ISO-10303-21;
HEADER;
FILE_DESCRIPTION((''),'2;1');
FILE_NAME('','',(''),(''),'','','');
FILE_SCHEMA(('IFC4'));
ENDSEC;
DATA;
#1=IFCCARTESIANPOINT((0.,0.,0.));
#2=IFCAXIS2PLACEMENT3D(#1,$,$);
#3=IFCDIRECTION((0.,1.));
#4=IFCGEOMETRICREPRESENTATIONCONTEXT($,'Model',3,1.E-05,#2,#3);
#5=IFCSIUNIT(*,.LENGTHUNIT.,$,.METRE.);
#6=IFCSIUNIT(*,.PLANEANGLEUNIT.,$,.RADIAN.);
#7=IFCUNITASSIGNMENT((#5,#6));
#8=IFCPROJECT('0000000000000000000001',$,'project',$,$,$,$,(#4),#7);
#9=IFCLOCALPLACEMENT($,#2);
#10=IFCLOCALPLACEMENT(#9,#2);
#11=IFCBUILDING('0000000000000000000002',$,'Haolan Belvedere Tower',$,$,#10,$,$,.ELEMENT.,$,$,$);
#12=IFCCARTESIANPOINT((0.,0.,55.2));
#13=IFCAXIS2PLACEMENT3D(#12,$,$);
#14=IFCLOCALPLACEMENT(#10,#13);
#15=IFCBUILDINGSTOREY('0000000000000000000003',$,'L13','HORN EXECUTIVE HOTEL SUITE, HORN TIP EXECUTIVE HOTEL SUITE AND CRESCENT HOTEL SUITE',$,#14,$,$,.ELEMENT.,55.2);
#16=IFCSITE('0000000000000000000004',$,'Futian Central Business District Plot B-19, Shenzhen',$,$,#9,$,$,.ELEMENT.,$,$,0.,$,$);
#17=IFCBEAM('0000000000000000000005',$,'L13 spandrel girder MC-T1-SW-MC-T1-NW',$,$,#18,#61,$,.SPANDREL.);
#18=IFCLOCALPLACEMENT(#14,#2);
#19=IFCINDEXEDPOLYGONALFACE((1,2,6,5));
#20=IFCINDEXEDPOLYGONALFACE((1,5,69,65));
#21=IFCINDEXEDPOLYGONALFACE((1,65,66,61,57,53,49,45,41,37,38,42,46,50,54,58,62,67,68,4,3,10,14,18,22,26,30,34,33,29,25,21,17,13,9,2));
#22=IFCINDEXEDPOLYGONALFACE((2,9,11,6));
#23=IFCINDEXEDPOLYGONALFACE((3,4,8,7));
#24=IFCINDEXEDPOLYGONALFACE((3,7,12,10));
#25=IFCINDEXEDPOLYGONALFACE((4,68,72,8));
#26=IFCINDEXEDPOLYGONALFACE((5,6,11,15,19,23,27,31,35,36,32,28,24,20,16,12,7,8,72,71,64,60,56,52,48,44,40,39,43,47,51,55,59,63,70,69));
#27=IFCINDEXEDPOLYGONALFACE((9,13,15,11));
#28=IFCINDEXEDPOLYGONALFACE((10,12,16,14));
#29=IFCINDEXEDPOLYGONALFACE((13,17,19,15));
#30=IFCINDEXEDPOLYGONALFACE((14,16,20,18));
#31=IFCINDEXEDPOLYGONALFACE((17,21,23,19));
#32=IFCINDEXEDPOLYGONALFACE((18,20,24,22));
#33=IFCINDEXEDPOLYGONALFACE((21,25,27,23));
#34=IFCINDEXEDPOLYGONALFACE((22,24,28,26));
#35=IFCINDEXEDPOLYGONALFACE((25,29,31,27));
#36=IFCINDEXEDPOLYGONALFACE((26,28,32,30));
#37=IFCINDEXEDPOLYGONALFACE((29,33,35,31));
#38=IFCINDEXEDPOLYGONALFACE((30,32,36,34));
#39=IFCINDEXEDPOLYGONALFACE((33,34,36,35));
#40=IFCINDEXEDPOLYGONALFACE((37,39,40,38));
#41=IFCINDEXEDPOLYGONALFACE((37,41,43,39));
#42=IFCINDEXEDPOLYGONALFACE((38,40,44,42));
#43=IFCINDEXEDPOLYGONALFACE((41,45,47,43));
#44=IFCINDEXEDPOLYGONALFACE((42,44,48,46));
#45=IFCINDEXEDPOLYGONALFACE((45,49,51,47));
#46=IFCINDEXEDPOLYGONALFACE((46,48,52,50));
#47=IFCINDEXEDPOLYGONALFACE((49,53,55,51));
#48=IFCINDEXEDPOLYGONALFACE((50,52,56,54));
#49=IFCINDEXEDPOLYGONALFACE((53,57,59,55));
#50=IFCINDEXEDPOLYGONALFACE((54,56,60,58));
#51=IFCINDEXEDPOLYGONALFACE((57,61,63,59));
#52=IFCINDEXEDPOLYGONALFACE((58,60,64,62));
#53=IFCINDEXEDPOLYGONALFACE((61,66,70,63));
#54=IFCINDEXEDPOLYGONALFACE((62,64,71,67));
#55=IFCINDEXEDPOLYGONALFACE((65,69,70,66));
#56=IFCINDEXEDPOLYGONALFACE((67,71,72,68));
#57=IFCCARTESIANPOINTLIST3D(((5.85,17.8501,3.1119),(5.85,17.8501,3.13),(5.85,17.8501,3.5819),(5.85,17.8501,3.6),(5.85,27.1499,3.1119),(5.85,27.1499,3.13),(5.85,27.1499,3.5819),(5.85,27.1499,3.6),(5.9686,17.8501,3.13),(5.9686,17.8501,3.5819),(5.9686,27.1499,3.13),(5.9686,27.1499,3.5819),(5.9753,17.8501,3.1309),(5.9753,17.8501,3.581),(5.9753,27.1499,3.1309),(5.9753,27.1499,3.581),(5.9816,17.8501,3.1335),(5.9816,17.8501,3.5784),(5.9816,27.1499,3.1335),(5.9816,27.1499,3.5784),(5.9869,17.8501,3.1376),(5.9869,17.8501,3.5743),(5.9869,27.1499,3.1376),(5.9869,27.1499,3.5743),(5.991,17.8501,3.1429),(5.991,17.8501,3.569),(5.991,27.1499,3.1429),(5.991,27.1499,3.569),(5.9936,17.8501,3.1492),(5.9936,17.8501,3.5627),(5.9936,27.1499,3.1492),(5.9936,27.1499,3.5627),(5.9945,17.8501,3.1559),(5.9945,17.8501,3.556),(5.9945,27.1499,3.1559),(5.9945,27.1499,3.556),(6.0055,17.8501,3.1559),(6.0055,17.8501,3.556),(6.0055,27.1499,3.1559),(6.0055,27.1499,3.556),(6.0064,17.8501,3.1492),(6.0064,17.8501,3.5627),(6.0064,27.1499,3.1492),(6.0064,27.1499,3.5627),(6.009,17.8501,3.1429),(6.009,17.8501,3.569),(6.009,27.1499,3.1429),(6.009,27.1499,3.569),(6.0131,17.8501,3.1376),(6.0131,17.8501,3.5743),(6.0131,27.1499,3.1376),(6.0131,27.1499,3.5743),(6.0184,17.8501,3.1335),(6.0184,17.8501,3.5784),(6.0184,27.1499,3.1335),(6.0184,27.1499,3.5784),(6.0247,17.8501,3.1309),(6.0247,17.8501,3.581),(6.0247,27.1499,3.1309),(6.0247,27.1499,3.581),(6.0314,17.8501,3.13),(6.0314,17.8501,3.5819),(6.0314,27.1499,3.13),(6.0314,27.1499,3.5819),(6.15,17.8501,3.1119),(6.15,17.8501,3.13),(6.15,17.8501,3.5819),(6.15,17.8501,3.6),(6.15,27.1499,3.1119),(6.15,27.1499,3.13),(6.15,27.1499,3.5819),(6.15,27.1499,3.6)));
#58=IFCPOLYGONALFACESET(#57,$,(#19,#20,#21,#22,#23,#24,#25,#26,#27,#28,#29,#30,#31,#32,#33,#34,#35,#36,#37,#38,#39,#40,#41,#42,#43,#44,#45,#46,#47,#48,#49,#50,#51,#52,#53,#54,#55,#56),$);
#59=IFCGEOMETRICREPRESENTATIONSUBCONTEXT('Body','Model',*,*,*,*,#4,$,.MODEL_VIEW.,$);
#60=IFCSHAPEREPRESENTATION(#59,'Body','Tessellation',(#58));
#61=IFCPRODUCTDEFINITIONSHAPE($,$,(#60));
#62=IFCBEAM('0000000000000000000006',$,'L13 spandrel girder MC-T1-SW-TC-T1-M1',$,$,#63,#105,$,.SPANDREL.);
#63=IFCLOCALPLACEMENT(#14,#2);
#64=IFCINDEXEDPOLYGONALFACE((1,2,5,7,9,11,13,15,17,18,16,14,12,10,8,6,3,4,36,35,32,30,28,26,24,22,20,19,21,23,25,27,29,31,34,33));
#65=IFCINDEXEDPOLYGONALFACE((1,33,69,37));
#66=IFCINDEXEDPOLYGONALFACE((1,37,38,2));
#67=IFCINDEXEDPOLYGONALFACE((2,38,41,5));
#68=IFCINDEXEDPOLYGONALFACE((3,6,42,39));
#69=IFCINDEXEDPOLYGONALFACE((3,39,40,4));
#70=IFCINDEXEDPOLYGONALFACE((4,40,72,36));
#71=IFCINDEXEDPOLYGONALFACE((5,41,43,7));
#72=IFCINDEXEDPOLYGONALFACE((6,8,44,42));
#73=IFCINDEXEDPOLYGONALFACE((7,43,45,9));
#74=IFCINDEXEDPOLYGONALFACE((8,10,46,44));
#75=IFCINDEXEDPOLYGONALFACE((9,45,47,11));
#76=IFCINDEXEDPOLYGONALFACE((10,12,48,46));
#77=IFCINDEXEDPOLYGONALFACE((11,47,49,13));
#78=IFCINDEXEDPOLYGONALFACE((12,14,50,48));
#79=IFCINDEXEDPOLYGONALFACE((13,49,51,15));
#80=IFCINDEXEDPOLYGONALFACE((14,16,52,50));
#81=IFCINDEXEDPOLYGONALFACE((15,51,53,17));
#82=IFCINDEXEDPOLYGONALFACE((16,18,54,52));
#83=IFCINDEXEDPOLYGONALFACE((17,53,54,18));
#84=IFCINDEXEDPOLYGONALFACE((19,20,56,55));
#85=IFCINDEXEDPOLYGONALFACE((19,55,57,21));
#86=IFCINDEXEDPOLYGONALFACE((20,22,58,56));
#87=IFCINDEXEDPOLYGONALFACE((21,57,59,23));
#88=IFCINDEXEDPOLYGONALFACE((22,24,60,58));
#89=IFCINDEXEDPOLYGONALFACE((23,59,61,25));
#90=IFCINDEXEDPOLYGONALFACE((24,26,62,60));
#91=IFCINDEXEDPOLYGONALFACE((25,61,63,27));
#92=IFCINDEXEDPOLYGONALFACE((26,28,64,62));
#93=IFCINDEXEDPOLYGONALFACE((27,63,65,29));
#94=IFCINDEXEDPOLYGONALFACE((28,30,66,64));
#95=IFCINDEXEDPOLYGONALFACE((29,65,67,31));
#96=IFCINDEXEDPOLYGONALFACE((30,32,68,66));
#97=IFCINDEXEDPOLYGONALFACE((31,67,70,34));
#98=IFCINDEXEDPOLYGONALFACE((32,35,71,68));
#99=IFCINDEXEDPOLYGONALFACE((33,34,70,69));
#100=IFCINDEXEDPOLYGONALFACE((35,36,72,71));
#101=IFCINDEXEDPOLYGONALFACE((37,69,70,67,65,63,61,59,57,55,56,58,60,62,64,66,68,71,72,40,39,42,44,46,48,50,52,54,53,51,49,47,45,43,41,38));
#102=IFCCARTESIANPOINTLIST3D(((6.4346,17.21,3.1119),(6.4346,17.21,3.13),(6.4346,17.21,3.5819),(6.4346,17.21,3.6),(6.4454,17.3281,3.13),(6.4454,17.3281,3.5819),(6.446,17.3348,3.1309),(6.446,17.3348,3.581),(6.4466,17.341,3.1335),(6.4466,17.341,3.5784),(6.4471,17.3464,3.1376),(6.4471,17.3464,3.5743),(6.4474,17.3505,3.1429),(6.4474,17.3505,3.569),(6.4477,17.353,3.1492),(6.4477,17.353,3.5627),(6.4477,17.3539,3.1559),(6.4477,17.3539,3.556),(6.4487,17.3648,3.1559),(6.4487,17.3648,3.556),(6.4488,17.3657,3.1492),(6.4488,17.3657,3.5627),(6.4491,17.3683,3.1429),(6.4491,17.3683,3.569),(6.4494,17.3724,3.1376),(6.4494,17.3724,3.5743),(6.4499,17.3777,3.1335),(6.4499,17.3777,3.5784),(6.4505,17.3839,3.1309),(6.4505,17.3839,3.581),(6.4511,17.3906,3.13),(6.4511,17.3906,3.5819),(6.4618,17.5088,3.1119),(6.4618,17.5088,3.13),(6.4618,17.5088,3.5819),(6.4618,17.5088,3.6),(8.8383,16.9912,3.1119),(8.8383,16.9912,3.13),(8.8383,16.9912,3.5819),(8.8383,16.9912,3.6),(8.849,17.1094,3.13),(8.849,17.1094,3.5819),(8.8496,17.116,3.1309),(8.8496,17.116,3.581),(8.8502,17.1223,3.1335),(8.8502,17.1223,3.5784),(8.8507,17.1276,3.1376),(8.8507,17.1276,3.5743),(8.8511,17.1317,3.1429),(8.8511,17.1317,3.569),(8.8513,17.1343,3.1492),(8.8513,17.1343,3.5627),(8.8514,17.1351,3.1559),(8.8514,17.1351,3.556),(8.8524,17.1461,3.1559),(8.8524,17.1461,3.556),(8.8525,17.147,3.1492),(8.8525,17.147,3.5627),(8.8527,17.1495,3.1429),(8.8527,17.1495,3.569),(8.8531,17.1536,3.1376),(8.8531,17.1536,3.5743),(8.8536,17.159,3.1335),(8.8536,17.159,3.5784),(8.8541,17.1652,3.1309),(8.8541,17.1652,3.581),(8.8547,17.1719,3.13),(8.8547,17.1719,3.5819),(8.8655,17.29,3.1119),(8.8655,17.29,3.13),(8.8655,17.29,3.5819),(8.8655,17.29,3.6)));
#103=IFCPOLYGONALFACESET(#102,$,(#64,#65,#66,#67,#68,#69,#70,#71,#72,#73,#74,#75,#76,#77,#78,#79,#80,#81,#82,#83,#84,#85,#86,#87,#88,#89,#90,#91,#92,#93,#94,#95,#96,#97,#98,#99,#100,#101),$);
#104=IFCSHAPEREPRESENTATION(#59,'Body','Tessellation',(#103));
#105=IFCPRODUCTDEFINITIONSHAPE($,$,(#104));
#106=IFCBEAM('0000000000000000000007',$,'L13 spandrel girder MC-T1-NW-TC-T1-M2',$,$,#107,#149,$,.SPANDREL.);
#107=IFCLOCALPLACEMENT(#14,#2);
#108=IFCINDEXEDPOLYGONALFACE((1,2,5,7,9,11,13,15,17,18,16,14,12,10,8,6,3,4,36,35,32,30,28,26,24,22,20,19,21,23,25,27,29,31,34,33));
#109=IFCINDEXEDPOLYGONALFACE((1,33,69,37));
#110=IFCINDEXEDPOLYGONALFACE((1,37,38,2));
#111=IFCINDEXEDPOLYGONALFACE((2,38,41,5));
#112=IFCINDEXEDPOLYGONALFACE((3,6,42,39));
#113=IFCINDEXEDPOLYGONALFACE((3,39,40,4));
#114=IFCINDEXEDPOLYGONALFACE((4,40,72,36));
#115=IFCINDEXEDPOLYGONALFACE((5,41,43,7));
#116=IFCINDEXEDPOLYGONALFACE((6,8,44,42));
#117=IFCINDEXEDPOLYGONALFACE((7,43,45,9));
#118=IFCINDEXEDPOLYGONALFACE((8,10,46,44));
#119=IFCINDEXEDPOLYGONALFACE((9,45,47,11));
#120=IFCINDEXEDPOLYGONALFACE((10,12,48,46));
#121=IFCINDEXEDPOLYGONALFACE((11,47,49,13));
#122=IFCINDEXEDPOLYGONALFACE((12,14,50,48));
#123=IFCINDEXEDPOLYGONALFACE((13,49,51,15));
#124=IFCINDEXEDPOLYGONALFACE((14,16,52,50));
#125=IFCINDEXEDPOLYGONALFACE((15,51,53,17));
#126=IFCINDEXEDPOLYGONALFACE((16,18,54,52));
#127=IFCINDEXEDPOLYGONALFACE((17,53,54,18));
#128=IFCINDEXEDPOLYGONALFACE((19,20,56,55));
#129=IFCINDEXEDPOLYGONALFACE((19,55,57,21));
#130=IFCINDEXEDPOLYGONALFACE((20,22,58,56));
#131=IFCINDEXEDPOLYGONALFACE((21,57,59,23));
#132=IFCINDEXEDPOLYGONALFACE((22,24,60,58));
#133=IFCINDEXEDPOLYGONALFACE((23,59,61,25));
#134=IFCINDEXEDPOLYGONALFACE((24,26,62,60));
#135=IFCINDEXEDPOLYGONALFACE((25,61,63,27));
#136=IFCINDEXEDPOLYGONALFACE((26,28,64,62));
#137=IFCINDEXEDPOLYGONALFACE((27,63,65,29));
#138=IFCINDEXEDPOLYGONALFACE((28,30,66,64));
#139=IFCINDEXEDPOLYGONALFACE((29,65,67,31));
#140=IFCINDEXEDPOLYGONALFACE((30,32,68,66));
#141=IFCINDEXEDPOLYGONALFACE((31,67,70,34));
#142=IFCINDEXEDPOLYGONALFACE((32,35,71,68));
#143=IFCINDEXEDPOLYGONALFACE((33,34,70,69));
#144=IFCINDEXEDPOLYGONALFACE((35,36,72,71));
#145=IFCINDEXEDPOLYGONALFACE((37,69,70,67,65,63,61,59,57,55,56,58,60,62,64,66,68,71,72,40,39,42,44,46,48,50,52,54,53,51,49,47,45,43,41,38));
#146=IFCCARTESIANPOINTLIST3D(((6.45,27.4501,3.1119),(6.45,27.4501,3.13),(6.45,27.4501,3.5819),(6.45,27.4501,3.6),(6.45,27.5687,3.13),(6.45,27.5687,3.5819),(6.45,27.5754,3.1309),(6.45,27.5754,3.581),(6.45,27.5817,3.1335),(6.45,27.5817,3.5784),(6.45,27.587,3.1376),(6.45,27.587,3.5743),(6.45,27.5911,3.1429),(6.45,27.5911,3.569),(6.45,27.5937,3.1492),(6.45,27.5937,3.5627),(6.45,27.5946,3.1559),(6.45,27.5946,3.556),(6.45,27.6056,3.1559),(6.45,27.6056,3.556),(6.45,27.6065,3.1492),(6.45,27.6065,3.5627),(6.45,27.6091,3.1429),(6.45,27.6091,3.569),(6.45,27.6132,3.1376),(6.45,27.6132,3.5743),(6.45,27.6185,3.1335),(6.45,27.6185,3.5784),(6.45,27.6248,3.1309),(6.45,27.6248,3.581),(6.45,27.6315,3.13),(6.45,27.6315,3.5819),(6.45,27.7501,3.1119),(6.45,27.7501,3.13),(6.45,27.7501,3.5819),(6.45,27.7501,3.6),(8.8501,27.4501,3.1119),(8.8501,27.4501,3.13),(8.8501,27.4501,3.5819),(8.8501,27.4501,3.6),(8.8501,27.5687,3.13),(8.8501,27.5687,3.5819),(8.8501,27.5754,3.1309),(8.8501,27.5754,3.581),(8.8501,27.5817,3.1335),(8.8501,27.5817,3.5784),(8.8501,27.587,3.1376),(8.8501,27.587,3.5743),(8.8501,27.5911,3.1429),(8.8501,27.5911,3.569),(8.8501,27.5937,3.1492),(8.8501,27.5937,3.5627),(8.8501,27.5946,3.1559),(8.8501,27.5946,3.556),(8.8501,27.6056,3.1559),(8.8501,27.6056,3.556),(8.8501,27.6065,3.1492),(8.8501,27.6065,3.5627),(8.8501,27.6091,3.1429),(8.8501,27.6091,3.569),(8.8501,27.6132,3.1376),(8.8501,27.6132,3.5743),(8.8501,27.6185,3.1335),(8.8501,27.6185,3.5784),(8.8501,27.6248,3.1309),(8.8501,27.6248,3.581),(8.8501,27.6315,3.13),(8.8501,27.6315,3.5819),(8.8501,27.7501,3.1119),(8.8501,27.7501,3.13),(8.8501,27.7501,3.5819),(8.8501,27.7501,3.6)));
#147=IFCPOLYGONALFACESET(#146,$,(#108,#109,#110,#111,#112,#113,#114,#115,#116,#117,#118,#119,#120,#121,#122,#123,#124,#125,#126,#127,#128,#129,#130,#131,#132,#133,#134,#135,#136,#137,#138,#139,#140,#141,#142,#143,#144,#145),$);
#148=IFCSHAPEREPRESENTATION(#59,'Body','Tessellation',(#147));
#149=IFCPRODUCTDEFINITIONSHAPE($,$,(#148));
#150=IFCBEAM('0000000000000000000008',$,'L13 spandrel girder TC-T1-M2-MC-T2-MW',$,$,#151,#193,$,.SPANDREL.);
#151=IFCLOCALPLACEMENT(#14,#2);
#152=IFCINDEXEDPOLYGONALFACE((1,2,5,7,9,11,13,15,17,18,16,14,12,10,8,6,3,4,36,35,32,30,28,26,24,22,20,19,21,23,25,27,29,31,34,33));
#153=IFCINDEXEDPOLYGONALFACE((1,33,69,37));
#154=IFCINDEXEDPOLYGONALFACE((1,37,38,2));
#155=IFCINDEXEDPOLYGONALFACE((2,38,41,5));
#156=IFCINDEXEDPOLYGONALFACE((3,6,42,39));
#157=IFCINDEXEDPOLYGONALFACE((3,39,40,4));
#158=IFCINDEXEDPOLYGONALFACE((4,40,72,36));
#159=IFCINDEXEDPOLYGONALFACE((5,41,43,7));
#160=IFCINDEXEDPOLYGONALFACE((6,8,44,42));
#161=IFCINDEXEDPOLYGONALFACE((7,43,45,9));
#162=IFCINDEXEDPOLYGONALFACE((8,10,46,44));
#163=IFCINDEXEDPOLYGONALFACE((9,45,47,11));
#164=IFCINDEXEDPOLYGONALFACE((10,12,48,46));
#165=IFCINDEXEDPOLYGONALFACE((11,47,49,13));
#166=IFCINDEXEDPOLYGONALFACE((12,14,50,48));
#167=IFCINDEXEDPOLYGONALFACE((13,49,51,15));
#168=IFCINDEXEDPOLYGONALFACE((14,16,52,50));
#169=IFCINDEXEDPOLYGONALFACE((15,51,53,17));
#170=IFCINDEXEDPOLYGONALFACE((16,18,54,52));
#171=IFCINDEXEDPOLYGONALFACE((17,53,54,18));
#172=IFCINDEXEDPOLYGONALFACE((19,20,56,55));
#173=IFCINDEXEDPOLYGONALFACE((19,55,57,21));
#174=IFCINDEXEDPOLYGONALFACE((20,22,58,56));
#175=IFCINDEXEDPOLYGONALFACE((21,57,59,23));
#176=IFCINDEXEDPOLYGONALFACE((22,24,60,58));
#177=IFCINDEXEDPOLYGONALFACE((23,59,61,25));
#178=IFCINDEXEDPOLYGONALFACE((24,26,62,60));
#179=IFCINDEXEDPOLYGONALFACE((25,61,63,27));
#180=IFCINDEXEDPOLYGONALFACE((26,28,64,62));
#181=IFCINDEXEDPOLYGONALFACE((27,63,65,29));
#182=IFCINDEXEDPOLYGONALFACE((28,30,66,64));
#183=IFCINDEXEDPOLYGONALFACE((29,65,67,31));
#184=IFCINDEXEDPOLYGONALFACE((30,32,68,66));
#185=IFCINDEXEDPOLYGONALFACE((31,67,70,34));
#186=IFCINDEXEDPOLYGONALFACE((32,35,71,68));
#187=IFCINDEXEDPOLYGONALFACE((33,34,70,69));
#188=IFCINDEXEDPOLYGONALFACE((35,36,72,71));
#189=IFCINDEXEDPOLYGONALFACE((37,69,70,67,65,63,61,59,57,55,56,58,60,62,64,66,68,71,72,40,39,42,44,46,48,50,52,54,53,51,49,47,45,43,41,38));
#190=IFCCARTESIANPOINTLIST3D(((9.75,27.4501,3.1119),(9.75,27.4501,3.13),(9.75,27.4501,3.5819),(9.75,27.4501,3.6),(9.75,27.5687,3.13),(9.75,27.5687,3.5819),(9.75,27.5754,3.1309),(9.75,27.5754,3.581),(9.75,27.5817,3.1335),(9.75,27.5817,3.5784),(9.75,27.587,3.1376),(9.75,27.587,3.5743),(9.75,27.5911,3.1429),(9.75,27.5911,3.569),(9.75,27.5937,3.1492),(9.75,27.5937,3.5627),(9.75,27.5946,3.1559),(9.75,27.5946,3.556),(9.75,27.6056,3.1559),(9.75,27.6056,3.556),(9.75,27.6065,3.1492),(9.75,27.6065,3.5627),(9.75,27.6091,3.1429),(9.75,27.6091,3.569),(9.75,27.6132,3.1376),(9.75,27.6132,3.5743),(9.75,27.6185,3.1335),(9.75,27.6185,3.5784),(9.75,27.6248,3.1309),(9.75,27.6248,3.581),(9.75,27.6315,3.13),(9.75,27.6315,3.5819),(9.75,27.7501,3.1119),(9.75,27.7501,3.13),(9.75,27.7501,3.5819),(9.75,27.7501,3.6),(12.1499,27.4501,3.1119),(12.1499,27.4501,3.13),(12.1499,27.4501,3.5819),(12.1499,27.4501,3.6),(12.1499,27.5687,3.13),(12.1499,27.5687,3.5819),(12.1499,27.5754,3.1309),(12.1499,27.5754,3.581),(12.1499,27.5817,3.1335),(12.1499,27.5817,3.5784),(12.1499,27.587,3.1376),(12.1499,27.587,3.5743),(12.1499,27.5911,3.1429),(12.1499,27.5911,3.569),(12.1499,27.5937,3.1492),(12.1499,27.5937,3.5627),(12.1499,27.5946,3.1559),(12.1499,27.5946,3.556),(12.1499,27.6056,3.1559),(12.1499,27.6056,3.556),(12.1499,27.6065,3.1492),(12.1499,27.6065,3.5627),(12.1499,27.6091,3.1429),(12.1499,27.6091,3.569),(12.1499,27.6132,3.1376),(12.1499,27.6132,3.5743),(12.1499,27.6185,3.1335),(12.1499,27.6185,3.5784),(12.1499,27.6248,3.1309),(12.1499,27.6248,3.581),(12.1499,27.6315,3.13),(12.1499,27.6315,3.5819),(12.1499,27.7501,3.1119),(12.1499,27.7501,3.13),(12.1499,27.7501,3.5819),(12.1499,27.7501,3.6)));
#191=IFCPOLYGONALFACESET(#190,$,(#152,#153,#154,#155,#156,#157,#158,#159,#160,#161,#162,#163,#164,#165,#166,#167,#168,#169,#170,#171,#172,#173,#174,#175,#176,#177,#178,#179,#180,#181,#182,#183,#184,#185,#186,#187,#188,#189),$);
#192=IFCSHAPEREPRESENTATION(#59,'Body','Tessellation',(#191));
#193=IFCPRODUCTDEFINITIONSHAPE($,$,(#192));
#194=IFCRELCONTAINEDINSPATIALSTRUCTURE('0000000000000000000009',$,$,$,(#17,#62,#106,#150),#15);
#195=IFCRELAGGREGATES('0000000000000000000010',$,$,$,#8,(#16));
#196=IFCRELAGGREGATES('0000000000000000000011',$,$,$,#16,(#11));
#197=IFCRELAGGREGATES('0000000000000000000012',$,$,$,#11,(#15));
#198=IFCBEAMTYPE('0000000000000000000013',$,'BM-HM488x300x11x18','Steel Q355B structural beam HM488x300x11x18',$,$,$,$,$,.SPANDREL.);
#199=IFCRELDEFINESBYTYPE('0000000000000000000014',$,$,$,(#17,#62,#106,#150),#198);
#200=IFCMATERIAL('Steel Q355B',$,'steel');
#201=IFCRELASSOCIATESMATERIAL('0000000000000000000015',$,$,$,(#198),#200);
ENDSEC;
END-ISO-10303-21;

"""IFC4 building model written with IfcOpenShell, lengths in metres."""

from ifc_helpers import new_model, si_unit, direction, frame, origin, origin_2d, place, context, subcontext, project, spatial, i_section, extrude, material, material_profile, profile_set, type_object, element, save


model = new_model("IFC4")

# Units and contexts
model_context = context("Model", 3, precision=1e-05, world=origin(), true_north=direction((0.0, 1.0)))
body_context = subcontext(model_context, "Body", "Model", "MODEL_VIEW")
ifc_project = project(units=[si_unit("LENGTHUNIT", "METRE"), si_unit("PLANEANGLEUNIT", "RADIAN")], contexts=[model_context])

# Site, building, storey
site_placement = place(None, origin())
site = spatial("IfcSite", under=ifc_project, at=site_placement, Name="Futian Central Business District Plot B-19, Shenzhen", CompositionType="ELEMENT", RefElevation=0.0)
building_placement = place(site_placement, origin())
building = spatial("IfcBuilding", under=site, at=building_placement, Name="Haolan Belvedere Tower", CompositionType="ELEMENT")
storey_placement = place(building_placement, frame((0.0, 0.0, 55.2)))
storey = spatial("IfcBuildingStorey", under=building, at=storey_placement, Name="L13", Description="HORN EXECUTIVE HOTEL SUITE, HORN TIP EXECUTIVE HOTEL SUITE AND CRESCENT HOTEL SUITE", CompositionType="ELEMENT", Elevation=55.2)

# Shared definitions
ifc_material_1 = material(Name="Steel Q355B", Category="steel")

# Beams
ifc_material_profile_1 = material_profile(ifc_material_1, i_section(OverallWidth=0.3, OverallDepth=0.488, WebThickness=0.011, FlangeThickness=0.0181, FilletRadius=0.0259, at=origin_2d()), Name="Steel Q355B")
ifc_profile_set_1 = profile_set([ifc_material_profile_1], Name="Steel Q355B")
beam_type_1 = type_object("IfcBeamType", Name="BM-HM488x300x11x18", Description="Steel Q355B structural beam HM488x300x11x18", PredefinedType="SPANDREL", material=ifc_profile_set_1)
beam_1_placement = place(storey_placement, frame((6.0, 17.8501, 3.356), z_axis=(0.0, 1.0, 0.0), x_axis=(-1.0, 0.0, 0.0)))
element("IfcBeam", 1, at=beam_1_placement, inside=storey, type_object=beam_type_1, Name="L13 spandrel girder MC-T1-SW-MC-T1-NW", PredefinedType="SPANDREL", context=body_context, shape_type="SweptSolid", body=[
    extrude(i_section(OverallWidth=0.3, OverallDepth=0.488, WebThickness=0.011, FlangeThickness=0.0181, FilletRadius=0.0259, at=origin_2d()), origin(), (0.0, 0.0, 1.0), 9.2998),
])
beam_2_placement = place(storey_placement, frame((6.4482, 17.3594, 3.356), z_axis=(0.995884, -0.090636, 0.0), x_axis=(0.090636, 0.995884, 0.0)))
element("IfcBeam", 2, at=beam_2_placement, inside=storey, type_object=beam_type_1, Name="L13 spandrel girder MC-T1-SW-TC-T1-M1", PredefinedType="SPANDREL", context=body_context, shape_type="SweptSolid", body=[
    extrude(i_section(OverallWidth=0.3, OverallDepth=0.488, WebThickness=0.011, FlangeThickness=0.0181, FilletRadius=0.0259, at=origin_2d()), origin(), (0.0, 0.0, 1.0), 2.4136),
])
beam_3_placement = place(storey_placement, frame((6.45, 27.6001, 3.356), z_axis=(1.0, 0.0, 0.0), x_axis=(0.0, 1.0, 0.0)))
element("IfcBeam", 3, at=beam_3_placement, inside=storey, type_object=beam_type_1, Name="L13 spandrel girder MC-T1-NW-TC-T1-M2", PredefinedType="SPANDREL", context=body_context, shape_type="SweptSolid", body=[
    extrude(i_section(OverallWidth=0.3, OverallDepth=0.488, WebThickness=0.011, FlangeThickness=0.0181, FilletRadius=0.0259, at=origin_2d()), origin(), (0.0, 0.0, 1.0), 2.4001),
])
beam_4_placement = place(storey_placement, frame((9.75, 27.6001, 3.356), z_axis=(1.0, 0.0, 0.0), x_axis=(0.0, 1.0, 0.0)))
element("IfcBeam", 4, at=beam_4_placement, inside=storey, type_object=beam_type_1, Name="L13 spandrel girder TC-T1-M2-MC-T2-MW", PredefinedType="SPANDREL", context=body_context, shape_type="SweptSolid", body=[
    extrude(i_section(OverallWidth=0.3, OverallDepth=0.488, WebThickness=0.011, FlangeThickness=0.0181, FilletRadius=0.0259, at=origin_2d()), origin(), (0.0, 0.0, 1.0), 2.3999),
])

save(model, "model.ifc")
